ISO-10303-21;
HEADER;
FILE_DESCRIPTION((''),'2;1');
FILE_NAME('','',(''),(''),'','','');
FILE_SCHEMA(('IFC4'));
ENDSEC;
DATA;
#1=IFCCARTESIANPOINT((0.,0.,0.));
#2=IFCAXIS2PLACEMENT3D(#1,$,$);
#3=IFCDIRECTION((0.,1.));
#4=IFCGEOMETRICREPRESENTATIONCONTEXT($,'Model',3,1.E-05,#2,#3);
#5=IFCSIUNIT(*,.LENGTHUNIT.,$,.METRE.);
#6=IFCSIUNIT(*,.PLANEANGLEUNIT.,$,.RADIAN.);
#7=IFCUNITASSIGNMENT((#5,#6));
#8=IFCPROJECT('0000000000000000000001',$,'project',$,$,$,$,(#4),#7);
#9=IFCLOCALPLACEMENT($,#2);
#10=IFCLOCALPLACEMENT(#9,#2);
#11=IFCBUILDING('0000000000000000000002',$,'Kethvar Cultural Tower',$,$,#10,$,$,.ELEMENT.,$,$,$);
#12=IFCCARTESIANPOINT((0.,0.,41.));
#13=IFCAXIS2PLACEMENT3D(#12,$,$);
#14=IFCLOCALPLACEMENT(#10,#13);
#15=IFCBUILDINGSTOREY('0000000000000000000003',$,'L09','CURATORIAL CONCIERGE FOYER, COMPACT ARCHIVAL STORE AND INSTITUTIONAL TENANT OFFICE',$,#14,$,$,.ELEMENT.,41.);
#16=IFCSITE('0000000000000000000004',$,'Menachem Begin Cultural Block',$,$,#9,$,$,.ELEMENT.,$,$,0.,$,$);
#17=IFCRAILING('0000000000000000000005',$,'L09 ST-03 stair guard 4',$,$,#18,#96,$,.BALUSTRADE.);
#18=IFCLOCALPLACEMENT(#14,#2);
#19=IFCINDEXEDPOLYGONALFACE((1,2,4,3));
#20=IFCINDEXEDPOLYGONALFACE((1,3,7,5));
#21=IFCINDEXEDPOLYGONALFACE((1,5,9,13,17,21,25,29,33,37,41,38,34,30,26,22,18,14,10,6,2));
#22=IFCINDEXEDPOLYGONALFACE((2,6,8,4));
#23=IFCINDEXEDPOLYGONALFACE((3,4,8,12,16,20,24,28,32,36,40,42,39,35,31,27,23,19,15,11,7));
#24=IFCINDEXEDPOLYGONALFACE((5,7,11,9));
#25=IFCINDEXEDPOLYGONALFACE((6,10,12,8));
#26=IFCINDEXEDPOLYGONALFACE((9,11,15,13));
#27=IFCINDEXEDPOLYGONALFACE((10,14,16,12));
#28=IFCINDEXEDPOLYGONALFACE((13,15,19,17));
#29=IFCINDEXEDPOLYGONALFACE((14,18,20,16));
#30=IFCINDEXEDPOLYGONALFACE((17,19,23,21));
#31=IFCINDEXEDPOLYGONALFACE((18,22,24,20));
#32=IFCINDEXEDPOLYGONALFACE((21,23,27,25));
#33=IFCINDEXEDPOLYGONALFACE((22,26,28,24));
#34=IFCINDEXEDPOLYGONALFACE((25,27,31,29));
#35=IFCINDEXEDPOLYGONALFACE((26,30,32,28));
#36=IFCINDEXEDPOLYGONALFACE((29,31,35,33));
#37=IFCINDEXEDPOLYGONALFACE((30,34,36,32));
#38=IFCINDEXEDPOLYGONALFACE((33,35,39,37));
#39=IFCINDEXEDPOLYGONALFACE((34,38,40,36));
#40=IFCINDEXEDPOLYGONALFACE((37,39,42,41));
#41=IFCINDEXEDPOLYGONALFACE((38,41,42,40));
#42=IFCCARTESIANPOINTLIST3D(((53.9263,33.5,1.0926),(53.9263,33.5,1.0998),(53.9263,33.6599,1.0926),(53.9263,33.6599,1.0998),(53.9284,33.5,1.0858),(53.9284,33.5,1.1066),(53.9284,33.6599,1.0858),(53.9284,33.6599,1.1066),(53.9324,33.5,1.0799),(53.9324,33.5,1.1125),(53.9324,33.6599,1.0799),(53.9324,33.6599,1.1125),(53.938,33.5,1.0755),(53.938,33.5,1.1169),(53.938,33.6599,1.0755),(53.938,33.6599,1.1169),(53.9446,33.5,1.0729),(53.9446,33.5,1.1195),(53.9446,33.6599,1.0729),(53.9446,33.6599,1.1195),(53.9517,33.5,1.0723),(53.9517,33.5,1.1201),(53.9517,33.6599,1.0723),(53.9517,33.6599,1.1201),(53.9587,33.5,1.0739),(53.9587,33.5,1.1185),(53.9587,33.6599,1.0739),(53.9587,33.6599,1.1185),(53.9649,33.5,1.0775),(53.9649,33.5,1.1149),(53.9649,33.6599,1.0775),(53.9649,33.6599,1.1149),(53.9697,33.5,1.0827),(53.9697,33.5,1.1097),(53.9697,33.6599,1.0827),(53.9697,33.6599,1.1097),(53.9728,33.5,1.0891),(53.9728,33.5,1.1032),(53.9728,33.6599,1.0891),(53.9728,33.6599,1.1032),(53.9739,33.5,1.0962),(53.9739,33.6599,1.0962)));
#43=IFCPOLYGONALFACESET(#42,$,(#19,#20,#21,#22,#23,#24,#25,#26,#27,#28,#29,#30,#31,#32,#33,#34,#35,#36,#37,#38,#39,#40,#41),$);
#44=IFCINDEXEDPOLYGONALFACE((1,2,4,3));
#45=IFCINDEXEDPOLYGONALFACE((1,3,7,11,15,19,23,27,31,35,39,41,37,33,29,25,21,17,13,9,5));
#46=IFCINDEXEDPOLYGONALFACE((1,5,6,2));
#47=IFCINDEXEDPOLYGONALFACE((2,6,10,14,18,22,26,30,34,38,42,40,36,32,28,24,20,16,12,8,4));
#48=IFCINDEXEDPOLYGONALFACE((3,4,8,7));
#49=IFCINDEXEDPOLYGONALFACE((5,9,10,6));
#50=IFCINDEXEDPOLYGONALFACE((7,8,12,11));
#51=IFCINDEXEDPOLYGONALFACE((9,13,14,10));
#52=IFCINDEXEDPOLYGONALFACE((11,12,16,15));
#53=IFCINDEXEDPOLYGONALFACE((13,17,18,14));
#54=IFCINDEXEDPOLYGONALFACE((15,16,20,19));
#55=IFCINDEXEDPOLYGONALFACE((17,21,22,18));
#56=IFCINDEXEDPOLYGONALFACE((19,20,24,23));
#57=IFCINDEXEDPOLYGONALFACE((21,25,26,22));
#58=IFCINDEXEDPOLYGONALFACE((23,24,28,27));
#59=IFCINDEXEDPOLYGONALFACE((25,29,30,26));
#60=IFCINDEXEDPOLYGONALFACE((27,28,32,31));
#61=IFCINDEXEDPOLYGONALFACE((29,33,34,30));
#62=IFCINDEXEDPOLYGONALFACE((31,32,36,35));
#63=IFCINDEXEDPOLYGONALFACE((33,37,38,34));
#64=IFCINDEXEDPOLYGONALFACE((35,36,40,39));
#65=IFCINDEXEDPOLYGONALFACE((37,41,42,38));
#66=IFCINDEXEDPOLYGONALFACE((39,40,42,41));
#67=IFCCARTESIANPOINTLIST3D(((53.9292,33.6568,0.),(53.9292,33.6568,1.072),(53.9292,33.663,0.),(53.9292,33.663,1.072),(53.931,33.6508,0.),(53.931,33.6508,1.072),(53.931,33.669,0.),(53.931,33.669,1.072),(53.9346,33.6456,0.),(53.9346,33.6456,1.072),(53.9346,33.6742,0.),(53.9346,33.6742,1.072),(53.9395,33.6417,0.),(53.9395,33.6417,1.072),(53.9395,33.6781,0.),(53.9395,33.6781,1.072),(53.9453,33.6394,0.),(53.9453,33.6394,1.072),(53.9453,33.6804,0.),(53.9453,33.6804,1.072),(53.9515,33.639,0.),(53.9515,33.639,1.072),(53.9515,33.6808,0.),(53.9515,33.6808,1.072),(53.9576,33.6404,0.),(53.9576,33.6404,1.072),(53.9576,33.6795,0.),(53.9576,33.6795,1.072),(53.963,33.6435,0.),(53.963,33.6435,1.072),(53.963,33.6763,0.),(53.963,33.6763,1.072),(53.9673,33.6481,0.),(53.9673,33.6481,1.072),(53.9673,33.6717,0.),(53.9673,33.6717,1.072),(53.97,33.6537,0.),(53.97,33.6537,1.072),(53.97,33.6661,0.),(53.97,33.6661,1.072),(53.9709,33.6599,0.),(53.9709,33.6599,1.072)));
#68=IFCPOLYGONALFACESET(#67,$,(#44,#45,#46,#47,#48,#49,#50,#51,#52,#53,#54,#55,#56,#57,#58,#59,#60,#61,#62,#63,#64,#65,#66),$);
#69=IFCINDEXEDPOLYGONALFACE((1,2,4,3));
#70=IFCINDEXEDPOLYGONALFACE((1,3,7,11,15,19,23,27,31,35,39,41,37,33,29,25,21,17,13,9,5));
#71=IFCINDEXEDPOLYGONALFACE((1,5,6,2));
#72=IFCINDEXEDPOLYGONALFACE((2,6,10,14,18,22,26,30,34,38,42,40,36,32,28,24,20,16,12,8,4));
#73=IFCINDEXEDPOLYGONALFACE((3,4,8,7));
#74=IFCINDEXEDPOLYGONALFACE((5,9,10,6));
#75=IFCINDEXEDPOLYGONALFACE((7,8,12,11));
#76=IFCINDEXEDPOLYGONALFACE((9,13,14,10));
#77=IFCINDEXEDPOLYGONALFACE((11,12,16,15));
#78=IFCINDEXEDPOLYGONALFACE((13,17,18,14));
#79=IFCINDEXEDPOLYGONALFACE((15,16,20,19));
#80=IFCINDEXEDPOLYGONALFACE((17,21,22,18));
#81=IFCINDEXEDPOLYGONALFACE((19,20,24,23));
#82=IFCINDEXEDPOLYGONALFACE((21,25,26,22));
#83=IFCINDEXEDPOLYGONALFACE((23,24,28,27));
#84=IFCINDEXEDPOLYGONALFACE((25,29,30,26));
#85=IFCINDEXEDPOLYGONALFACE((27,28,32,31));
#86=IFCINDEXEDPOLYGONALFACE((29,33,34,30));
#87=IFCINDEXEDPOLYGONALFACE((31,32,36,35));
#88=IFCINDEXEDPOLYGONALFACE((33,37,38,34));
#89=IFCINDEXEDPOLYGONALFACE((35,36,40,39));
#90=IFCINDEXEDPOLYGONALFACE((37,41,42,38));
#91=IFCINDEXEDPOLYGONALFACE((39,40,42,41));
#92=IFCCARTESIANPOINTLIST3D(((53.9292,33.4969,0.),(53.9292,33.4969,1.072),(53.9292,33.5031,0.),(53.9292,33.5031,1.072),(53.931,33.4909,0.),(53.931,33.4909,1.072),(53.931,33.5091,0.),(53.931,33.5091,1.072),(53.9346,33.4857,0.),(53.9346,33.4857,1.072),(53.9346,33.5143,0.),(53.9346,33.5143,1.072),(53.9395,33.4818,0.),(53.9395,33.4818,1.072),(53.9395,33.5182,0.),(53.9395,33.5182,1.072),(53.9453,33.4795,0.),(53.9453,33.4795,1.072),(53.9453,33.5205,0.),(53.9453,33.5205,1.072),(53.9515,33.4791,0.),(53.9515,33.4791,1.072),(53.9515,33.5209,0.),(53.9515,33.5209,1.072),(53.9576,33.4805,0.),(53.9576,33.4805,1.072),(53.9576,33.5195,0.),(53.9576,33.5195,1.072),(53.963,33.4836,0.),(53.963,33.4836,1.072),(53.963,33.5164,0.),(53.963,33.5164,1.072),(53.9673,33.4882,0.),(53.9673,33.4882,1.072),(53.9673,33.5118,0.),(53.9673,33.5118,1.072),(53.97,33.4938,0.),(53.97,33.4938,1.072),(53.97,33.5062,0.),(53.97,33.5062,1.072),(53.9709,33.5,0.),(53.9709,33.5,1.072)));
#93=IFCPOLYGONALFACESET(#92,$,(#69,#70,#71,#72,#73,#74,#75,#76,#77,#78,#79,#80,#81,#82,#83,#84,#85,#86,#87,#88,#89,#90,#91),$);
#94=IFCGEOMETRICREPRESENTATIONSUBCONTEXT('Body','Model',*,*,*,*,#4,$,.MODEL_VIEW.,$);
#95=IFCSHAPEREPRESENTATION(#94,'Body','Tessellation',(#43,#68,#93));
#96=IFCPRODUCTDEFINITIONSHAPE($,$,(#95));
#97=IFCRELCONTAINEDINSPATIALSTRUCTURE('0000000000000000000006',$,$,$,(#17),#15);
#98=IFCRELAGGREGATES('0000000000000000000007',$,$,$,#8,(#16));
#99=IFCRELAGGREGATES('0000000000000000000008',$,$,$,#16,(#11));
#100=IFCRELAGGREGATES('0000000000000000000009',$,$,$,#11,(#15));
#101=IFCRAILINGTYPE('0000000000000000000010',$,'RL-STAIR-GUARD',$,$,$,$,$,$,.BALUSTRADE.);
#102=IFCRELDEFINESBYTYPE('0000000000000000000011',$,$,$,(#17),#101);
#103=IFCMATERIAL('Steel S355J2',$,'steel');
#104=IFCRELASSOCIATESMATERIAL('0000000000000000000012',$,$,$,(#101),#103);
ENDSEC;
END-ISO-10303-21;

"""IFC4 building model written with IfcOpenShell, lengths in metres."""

from ifc_helpers import new_model, si_unit, direction, frame, origin, origin_2d, place, context, subcontext, project, spatial, circle, extrude, material, type_object, element, save


model = new_model("IFC4")

# Units and contexts
model_context = context("Model", 3, precision=1e-05, world=origin(), true_north=direction((0.0, 1.0)))
body_context = subcontext(model_context, "Body", "Model", "MODEL_VIEW")
ifc_project = project(units=[si_unit("LENGTHUNIT", "METRE"), si_unit("PLANEANGLEUNIT", "RADIAN")], contexts=[model_context])

# Site, building, storey
site_placement = place(None, origin())
site = spatial("IfcSite", under=ifc_project, at=site_placement, Name="Menachem Begin Cultural Block", CompositionType="ELEMENT", RefElevation=0.0)
building_placement = place(site_placement, origin())
building = spatial("IfcBuilding", under=site, at=building_placement, Name="Kethvar Cultural Tower", CompositionType="ELEMENT")
storey_placement = place(building_placement, frame((0.0, 0.0, 41.0)))
storey = spatial("IfcBuildingStorey", under=building, at=storey_placement, Name="L09", Description="CURATORIAL CONCIERGE FOYER, COMPACT ARCHIVAL STORE AND INSTITUTIONAL TENANT OFFICE", CompositionType="ELEMENT", Elevation=41.0)

# Shared definitions
ifc_material_1 = material(Name="Steel S355J2", Category="steel")

# Railing
railing_type_1 = type_object("IfcRailingType", Name="RL-STAIR-GUARD", PredefinedType="BALUSTRADE", material=ifc_material_1)
railing_1_placement = place(storey_placement, frame((53.95, 33.6599, 0.0)))
element("IfcRailing", 1, at=railing_1_placement, inside=storey, type_object=railing_type_1, Name="L09 ST-03 stair guard 4", PredefinedType="BALUSTRADE", context=body_context, shape_type="SweptSolid", body=[
    extrude(circle(Radius=0.0239, at=origin_2d()), frame((0.0, 0.0, 1.0962), z_axis=(0.0, -1.0, 0.0), x_axis=(1.0, 0.0, 0.0)), (0.0, 0.0, 1.0), 0.1599),
    extrude(circle(Radius=0.021, at=origin_2d()), origin(), (0.0, 0.0, 1.0), 1.072),
    extrude(circle(Radius=0.021, at=origin_2d()), frame((0.0, -0.1599, 0.0)), (0.0, 0.0, 1.0), 1.072),
])

save(model, "model.ifc")
